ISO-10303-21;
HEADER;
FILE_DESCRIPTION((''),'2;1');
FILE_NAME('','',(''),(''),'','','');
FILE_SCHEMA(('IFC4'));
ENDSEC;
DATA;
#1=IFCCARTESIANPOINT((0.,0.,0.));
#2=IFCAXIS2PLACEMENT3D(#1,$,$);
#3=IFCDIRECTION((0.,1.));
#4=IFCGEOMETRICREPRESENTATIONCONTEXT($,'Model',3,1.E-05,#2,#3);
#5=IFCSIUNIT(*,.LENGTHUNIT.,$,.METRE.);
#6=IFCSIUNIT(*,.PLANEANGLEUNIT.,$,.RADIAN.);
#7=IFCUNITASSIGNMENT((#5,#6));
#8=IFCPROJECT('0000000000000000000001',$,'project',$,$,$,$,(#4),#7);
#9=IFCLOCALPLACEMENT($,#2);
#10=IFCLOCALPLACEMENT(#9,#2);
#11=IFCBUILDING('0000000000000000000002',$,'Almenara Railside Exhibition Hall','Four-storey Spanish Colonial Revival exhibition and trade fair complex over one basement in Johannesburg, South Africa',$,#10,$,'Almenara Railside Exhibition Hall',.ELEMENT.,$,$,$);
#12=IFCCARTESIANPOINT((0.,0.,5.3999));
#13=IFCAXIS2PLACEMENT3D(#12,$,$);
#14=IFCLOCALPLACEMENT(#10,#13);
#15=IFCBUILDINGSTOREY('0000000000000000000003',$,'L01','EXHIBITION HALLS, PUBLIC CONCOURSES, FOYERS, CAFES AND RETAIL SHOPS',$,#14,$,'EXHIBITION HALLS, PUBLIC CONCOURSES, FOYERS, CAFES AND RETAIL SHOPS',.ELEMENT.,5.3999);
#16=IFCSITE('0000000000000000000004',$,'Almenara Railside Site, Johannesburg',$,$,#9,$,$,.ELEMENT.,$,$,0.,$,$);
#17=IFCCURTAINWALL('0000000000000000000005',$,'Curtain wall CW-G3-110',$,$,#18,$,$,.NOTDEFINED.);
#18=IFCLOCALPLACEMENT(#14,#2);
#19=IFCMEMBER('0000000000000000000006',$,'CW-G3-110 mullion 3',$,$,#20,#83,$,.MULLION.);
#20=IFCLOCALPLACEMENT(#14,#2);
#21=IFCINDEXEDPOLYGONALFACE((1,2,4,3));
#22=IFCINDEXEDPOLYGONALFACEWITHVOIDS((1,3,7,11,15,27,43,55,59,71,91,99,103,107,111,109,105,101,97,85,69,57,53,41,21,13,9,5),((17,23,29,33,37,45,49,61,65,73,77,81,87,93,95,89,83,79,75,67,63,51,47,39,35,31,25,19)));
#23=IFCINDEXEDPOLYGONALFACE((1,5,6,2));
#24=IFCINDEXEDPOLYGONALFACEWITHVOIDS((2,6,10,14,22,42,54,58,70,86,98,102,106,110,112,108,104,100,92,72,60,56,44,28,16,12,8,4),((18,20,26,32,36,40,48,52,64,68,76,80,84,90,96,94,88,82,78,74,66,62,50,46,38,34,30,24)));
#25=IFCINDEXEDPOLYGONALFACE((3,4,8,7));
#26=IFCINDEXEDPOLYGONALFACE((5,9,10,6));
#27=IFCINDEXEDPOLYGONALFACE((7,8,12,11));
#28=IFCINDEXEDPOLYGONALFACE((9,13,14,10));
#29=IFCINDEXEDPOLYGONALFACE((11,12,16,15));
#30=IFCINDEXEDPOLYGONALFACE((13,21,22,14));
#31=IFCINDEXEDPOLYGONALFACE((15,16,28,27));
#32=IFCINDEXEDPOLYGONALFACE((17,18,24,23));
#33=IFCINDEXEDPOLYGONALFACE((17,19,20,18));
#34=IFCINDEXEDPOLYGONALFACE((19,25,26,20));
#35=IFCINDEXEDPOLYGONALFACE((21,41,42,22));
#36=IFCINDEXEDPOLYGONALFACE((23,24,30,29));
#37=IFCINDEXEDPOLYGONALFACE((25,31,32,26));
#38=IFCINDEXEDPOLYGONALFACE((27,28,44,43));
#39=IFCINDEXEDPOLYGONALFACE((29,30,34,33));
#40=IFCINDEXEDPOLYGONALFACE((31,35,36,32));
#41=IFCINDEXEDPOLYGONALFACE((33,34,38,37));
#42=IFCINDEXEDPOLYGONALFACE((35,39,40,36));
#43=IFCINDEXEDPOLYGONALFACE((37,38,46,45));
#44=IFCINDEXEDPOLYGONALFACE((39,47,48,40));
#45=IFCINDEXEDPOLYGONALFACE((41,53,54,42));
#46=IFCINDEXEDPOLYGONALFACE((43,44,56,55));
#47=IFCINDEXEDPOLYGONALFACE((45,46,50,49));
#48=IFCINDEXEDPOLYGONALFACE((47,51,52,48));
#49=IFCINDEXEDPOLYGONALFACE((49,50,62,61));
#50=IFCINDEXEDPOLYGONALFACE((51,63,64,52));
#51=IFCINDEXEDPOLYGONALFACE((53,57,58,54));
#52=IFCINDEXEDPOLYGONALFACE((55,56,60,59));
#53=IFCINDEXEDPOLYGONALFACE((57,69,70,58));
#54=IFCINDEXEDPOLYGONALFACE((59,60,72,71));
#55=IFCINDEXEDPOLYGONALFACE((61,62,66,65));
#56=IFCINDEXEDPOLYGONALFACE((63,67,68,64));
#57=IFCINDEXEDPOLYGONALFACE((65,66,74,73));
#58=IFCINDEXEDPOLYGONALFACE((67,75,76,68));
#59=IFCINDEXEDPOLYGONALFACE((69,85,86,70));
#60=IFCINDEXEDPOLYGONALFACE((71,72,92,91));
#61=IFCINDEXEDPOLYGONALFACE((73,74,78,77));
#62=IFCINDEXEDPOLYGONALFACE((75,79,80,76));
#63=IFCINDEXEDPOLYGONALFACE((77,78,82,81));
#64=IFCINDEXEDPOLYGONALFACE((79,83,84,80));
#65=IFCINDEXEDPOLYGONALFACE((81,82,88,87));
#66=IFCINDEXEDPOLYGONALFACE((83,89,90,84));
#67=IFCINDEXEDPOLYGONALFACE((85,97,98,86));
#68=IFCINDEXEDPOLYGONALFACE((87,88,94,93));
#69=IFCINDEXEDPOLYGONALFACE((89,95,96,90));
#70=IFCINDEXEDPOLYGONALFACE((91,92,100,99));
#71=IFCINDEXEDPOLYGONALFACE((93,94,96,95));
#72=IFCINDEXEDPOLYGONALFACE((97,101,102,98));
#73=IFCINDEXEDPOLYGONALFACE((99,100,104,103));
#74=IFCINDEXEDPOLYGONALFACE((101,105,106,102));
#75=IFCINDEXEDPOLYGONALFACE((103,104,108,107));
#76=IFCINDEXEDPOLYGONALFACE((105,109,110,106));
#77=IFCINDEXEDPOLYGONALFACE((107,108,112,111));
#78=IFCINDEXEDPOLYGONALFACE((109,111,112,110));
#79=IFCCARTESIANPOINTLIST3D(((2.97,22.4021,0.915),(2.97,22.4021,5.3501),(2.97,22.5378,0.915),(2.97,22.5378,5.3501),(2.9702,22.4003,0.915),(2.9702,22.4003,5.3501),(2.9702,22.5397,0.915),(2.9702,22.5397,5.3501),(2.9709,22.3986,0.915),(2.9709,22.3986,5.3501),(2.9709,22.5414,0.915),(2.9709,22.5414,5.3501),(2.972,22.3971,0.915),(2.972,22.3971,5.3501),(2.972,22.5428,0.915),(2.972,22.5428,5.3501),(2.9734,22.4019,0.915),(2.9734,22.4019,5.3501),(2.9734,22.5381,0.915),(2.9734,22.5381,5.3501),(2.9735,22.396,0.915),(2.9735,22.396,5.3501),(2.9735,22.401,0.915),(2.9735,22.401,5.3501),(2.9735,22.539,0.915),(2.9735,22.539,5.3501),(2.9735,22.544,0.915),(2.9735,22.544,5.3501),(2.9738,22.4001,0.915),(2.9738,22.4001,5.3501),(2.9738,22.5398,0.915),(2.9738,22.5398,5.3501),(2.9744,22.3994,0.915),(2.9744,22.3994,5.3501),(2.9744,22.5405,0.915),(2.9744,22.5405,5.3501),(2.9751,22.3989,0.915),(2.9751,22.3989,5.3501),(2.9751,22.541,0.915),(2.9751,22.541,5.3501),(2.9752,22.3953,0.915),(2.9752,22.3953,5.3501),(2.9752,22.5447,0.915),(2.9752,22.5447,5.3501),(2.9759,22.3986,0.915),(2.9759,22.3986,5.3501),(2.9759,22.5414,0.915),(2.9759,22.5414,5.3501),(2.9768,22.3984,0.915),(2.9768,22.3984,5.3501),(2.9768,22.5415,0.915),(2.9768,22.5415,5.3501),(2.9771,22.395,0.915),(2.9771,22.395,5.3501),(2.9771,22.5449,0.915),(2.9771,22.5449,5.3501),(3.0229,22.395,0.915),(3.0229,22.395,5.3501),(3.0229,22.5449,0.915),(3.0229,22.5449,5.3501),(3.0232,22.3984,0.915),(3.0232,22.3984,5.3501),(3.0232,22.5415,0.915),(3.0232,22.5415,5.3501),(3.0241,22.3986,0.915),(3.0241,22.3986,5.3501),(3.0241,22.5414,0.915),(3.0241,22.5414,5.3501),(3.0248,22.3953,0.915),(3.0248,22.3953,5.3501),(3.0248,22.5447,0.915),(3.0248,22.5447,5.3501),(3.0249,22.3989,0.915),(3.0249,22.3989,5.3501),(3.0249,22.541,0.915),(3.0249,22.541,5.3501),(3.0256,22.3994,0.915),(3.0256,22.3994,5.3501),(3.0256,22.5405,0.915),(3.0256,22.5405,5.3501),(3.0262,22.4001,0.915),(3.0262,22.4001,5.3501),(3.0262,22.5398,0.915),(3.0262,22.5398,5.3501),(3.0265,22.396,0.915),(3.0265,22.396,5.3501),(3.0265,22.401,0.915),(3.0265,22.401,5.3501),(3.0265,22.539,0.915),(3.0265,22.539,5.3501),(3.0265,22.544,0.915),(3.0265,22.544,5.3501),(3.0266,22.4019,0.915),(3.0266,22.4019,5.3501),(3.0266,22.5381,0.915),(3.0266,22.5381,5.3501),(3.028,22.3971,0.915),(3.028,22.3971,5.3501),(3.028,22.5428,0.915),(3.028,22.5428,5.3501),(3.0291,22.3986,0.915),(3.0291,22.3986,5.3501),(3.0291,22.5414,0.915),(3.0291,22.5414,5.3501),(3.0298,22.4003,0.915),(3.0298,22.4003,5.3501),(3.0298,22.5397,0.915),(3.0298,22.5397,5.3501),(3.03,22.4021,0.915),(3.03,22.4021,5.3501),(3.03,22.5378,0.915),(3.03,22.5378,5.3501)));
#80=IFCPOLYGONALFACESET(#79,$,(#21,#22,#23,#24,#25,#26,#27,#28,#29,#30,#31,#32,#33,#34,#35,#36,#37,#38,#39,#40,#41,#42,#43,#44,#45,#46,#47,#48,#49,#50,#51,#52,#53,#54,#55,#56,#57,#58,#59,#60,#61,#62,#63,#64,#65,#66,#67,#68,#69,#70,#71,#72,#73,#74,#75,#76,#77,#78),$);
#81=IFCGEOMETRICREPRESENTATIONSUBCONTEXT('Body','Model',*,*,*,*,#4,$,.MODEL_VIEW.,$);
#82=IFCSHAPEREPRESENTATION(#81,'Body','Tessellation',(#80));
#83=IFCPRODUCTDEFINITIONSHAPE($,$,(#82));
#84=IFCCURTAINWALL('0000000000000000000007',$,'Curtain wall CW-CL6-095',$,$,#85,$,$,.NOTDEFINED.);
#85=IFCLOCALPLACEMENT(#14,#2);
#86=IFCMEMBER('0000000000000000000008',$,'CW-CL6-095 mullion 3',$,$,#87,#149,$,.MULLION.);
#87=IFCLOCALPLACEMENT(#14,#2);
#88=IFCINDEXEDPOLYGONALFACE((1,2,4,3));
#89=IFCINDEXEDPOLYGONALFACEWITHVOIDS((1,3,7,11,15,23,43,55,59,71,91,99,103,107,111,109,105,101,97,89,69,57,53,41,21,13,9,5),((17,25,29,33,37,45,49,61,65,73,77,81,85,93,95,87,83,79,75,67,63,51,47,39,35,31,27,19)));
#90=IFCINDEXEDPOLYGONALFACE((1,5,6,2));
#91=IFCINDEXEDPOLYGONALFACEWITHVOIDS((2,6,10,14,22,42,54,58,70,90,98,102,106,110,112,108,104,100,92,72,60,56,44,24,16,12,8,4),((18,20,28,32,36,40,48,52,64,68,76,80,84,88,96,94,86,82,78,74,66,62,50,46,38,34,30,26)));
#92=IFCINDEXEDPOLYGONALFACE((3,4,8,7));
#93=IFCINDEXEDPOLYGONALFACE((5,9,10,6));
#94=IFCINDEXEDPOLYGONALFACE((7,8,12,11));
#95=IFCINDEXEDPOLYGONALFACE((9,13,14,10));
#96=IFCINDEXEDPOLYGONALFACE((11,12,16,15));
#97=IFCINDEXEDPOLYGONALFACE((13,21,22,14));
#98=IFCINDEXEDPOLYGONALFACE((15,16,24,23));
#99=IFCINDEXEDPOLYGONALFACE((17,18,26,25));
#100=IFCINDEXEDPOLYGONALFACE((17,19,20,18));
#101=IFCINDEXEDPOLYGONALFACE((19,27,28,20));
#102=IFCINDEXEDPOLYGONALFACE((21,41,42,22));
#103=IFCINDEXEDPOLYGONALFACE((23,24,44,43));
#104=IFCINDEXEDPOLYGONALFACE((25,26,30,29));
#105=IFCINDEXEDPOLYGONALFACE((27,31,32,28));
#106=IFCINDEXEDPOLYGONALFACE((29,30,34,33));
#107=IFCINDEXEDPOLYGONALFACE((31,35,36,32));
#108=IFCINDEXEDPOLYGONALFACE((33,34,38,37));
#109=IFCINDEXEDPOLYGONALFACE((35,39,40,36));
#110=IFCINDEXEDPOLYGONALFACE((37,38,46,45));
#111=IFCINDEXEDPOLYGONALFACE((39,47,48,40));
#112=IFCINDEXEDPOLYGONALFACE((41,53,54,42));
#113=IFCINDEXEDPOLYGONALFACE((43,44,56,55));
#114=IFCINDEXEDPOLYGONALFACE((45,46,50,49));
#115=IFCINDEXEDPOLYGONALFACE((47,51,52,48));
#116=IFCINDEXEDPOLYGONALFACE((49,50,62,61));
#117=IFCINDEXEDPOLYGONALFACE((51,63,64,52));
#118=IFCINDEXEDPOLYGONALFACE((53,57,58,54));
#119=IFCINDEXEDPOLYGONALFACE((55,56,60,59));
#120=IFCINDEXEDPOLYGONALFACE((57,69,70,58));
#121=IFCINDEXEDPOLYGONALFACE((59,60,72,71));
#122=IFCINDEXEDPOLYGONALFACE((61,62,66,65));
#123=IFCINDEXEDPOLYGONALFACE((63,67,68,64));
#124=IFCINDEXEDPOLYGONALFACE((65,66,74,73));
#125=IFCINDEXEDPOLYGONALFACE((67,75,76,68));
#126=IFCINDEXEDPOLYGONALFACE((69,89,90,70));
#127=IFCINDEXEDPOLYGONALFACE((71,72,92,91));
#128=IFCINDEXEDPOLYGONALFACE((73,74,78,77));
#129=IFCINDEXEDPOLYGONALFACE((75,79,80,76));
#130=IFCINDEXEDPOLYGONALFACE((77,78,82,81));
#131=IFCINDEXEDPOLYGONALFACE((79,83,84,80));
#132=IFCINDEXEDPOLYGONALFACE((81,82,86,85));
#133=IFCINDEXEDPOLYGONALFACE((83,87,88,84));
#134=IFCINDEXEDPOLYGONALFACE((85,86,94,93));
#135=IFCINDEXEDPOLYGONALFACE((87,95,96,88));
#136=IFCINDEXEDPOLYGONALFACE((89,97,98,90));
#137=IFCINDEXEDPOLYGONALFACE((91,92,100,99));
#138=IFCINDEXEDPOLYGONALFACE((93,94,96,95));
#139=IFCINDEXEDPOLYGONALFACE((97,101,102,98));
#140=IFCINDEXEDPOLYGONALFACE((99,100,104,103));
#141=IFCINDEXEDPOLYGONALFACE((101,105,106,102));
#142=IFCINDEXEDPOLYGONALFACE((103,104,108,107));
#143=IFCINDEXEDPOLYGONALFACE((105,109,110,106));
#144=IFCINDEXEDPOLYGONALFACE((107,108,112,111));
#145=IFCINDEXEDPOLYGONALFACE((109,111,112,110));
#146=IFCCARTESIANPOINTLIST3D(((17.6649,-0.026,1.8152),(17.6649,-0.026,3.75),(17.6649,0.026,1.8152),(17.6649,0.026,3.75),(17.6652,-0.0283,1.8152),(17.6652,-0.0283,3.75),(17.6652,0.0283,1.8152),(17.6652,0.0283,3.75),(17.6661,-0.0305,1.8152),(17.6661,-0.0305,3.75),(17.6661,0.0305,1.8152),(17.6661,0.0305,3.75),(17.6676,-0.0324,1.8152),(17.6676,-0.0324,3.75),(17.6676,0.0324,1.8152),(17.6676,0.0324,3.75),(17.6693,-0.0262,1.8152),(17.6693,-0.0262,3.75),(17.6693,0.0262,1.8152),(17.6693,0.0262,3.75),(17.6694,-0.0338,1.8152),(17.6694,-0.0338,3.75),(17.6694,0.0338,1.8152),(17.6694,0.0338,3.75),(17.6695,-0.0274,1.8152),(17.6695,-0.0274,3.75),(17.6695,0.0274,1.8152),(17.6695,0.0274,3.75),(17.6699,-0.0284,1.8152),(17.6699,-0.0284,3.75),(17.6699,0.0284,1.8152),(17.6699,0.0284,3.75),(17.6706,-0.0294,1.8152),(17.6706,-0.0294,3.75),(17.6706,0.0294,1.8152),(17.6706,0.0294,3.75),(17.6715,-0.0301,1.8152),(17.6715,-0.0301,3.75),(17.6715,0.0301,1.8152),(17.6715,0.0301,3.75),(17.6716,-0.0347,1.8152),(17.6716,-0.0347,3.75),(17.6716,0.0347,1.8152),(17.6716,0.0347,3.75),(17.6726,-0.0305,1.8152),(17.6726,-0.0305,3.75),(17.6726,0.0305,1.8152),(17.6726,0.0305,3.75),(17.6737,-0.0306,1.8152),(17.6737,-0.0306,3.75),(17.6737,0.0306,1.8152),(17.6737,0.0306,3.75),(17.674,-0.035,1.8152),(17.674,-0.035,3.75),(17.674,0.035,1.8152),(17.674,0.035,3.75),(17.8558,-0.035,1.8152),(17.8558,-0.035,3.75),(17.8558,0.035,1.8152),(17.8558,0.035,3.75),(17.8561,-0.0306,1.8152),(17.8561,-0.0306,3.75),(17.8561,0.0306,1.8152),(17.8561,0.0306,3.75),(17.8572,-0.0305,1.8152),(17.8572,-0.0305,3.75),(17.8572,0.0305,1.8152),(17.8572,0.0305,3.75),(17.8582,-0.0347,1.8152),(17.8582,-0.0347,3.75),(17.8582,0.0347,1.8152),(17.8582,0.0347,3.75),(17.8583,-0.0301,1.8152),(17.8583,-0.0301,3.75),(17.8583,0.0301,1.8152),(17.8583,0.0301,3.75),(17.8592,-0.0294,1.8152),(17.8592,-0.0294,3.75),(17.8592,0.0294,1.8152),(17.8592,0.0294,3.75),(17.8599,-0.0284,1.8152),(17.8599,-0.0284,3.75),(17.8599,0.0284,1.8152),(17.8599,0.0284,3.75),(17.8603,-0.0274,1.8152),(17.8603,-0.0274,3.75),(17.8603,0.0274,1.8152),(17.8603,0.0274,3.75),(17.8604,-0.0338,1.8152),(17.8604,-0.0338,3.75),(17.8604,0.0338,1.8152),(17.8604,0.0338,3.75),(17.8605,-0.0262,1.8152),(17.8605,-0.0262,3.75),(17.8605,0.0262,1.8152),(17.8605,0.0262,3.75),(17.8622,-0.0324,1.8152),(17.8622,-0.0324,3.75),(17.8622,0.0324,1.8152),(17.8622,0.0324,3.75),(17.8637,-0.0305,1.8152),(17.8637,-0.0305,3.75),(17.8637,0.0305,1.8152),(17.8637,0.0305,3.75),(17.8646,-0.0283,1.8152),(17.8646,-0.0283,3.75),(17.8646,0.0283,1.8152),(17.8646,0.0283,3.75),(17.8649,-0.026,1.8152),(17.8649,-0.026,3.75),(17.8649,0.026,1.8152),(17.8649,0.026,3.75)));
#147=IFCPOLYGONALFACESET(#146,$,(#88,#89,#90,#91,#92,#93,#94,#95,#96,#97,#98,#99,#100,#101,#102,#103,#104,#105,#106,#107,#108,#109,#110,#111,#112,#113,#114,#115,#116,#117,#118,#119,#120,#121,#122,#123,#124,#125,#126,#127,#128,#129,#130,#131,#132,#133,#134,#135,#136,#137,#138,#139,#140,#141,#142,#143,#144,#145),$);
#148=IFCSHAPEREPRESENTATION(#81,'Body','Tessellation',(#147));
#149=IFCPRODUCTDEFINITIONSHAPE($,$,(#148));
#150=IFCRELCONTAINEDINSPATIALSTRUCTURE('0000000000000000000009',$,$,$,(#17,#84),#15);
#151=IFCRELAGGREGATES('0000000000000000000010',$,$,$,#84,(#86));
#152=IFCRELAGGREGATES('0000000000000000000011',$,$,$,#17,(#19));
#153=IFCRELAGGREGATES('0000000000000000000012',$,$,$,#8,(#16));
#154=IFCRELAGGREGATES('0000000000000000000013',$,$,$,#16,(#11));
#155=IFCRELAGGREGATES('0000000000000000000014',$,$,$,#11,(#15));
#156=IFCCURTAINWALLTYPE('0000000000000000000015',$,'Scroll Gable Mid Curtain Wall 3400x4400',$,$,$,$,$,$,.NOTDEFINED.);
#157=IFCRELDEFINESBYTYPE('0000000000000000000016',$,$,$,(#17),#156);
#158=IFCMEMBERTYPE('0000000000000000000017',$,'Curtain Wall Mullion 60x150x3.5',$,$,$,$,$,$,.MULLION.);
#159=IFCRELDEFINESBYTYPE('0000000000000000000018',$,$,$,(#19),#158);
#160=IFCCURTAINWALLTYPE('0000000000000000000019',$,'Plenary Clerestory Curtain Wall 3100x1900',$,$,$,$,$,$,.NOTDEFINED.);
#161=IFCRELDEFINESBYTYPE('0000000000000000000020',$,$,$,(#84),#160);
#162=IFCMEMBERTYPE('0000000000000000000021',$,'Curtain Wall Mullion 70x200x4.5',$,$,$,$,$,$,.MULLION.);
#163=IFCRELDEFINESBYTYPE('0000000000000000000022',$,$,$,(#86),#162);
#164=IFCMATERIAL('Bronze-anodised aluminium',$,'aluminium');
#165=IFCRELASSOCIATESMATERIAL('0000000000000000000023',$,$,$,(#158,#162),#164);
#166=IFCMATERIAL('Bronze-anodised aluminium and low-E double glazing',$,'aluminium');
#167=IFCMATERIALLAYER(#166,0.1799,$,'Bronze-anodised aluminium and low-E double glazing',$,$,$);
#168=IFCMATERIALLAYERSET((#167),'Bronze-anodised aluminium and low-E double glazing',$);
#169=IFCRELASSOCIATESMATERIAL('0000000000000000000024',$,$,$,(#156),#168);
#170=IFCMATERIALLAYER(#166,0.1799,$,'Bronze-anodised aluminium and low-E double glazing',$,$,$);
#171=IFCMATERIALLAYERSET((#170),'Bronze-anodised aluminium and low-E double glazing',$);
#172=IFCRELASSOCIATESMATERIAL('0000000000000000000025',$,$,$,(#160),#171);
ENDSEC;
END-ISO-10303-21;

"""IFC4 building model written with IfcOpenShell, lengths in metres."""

from ifc_helpers import new_model, si_unit, direction, frame, origin, origin_2d, place, context, subcontext, project, spatial, hollow_rectangle, extrude, material, layer, layer_set, material_profile, profile_set, type_object, element, aggregate, save


model = new_model("IFC4")

# Units and contexts
model_context = context("Model", 3, precision=1e-05, world=origin(), true_north=direction((0.0, 1.0)))
body_context = subcontext(model_context, "Body", "Model", "MODEL_VIEW")
ifc_project = project(units=[si_unit("LENGTHUNIT", "METRE"), si_unit("PLANEANGLEUNIT", "RADIAN")], contexts=[model_context])

# Site, building, storey
site_placement = place(None, origin())
site = spatial("IfcSite", under=ifc_project, at=site_placement, Name="Almenara Railside Site, Johannesburg", CompositionType="ELEMENT", RefElevation=0.0)
building_placement = place(site_placement, origin())
building = spatial("IfcBuilding", under=site, at=building_placement, Name="Almenara Railside Exhibition Hall", Description="Four-storey Spanish Colonial Revival exhibition and trade fair complex over one basement in Johannesburg, South Africa", LongName="Almenara Railside Exhibition Hall", CompositionType="ELEMENT")
storey_placement = place(building_placement, frame((0.0, 0.0, 5.3999)))
storey = spatial("IfcBuildingStorey", under=building, at=storey_placement, Name="L01", Description="EXHIBITION HALLS, PUBLIC CONCOURSES, FOYERS, CAFES AND RETAIL SHOPS", LongName="EXHIBITION HALLS, PUBLIC CONCOURSES, FOYERS, CAFES AND RETAIL SHOPS", CompositionType="ELEMENT", Elevation=5.3999)

# Curtain walls, members
ifc_material_1 = material(Name="Bronze-anodised aluminium and low-E double glazing", Category="aluminium")
ifc_material_2 = material(Name="Bronze-anodised aluminium", Category="aluminium")
ifc_material_profile_1 = material_profile(ifc_material_2, hollow_rectangle(XDim=0.0601, YDim=0.1499, WallThickness=0.0034, InnerFilletRadius=0.0034, OuterFilletRadius=0.0071, at=origin_2d()), Name="ALU-MUL 60x150x3.5")
ifc_profile_set_1 = profile_set([ifc_material_profile_1], Name="Bronze-anodised aluminium")
member_type_1 = type_object("IfcMemberType", Name="Curtain Wall Mullion 60x150x3.5", PredefinedType="MULLION", material=ifc_profile_set_1)
ifc_layer_1 = layer(ifc_material_1, 0.1799, Name="Bronze-anodised aluminium and low-E double glazing")
ifc_layer_set_1 = layer_set([ifc_layer_1], Name="Bronze-anodised aluminium and low-E double glazing")
curtain_wall_type_1 = type_object("IfcCurtainWallType", Name="Scroll Gable Mid Curtain Wall 3400x4400", PredefinedType="NOTDEFINED", material=ifc_layer_set_1)
curtain_wall_1_placement = place(storey_placement, origin())
curtain_wall_1 = element("IfcCurtainWall", 1, at=curtain_wall_1_placement, inside=storey, type_object=curtain_wall_type_1, Name="Curtain wall CW-G3-110", PredefinedType="NOTDEFINED")
member_1_placement = place(storey_placement, frame((3.0, 22.47, 0.915), z_axis=(0.0, 0.0, 1.0), x_axis=(-1.0, 0.0, 0.0)))
member_1 = element("IfcMember", 2, at=member_1_placement, type_object=member_type_1, Name="CW-G3-110 mullion 3", PredefinedType="MULLION", context=body_context, shape_type="SweptSolid", body=[
    extrude(hollow_rectangle(XDim=0.0601, YDim=0.1499, WallThickness=0.0034, InnerFilletRadius=0.0034, OuterFilletRadius=0.0071, at=origin_2d()), origin(), (0.0, 0.0, 1.0), 4.4351),
])
ifc_layer_2 = layer(ifc_material_1, 0.1799, Name="Bronze-anodised aluminium and low-E double glazing")
ifc_layer_set_2 = layer_set([ifc_layer_2], Name="Bronze-anodised aluminium and low-E double glazing")
curtain_wall_type_2 = type_object("IfcCurtainWallType", Name="Plenary Clerestory Curtain Wall 3100x1900", PredefinedType="NOTDEFINED", material=ifc_layer_set_2)
curtain_wall_2_placement = place(storey_placement, origin())
curtain_wall_2 = element("IfcCurtainWall", 3, at=curtain_wall_2_placement, inside=storey, type_object=curtain_wall_type_2, Name="Curtain wall CW-CL6-095", PredefinedType="NOTDEFINED")
ifc_material_profile_2 = material_profile(ifc_material_2, hollow_rectangle(XDim=0.0701, YDim=0.2, WallThickness=0.0044, InnerFilletRadius=0.0044, OuterFilletRadius=0.009, at=origin_2d()), Name="ALU-MUL 70x200x4.5")
ifc_profile_set_2 = profile_set([ifc_material_profile_2], Name="Bronze-anodised aluminium")
member_type_2 = type_object("IfcMemberType", Name="Curtain Wall Mullion 70x200x4.5", PredefinedType="MULLION", material=ifc_profile_set_2)
member_2_placement = place(storey_placement, frame((17.7649, 0.0, 1.8152), z_axis=(0.0, 0.0, 1.0), x_axis=(0.0, 1.0, 0.0)))
member_2 = element("IfcMember", 4, at=member_2_placement, type_object=member_type_2, Name="CW-CL6-095 mullion 3", PredefinedType="MULLION", context=body_context, shape_type="SweptSolid", body=[
    extrude(hollow_rectangle(XDim=0.0701, YDim=0.2, WallThickness=0.0044, InnerFilletRadius=0.0044, OuterFilletRadius=0.009, at=origin_2d()), origin(), (0.0, 0.0, 1.0), 1.9348),
])

aggregate(curtain_wall_2, [member_2])
aggregate(curtain_wall_1, [member_1])

save(model, "model.ifc")
